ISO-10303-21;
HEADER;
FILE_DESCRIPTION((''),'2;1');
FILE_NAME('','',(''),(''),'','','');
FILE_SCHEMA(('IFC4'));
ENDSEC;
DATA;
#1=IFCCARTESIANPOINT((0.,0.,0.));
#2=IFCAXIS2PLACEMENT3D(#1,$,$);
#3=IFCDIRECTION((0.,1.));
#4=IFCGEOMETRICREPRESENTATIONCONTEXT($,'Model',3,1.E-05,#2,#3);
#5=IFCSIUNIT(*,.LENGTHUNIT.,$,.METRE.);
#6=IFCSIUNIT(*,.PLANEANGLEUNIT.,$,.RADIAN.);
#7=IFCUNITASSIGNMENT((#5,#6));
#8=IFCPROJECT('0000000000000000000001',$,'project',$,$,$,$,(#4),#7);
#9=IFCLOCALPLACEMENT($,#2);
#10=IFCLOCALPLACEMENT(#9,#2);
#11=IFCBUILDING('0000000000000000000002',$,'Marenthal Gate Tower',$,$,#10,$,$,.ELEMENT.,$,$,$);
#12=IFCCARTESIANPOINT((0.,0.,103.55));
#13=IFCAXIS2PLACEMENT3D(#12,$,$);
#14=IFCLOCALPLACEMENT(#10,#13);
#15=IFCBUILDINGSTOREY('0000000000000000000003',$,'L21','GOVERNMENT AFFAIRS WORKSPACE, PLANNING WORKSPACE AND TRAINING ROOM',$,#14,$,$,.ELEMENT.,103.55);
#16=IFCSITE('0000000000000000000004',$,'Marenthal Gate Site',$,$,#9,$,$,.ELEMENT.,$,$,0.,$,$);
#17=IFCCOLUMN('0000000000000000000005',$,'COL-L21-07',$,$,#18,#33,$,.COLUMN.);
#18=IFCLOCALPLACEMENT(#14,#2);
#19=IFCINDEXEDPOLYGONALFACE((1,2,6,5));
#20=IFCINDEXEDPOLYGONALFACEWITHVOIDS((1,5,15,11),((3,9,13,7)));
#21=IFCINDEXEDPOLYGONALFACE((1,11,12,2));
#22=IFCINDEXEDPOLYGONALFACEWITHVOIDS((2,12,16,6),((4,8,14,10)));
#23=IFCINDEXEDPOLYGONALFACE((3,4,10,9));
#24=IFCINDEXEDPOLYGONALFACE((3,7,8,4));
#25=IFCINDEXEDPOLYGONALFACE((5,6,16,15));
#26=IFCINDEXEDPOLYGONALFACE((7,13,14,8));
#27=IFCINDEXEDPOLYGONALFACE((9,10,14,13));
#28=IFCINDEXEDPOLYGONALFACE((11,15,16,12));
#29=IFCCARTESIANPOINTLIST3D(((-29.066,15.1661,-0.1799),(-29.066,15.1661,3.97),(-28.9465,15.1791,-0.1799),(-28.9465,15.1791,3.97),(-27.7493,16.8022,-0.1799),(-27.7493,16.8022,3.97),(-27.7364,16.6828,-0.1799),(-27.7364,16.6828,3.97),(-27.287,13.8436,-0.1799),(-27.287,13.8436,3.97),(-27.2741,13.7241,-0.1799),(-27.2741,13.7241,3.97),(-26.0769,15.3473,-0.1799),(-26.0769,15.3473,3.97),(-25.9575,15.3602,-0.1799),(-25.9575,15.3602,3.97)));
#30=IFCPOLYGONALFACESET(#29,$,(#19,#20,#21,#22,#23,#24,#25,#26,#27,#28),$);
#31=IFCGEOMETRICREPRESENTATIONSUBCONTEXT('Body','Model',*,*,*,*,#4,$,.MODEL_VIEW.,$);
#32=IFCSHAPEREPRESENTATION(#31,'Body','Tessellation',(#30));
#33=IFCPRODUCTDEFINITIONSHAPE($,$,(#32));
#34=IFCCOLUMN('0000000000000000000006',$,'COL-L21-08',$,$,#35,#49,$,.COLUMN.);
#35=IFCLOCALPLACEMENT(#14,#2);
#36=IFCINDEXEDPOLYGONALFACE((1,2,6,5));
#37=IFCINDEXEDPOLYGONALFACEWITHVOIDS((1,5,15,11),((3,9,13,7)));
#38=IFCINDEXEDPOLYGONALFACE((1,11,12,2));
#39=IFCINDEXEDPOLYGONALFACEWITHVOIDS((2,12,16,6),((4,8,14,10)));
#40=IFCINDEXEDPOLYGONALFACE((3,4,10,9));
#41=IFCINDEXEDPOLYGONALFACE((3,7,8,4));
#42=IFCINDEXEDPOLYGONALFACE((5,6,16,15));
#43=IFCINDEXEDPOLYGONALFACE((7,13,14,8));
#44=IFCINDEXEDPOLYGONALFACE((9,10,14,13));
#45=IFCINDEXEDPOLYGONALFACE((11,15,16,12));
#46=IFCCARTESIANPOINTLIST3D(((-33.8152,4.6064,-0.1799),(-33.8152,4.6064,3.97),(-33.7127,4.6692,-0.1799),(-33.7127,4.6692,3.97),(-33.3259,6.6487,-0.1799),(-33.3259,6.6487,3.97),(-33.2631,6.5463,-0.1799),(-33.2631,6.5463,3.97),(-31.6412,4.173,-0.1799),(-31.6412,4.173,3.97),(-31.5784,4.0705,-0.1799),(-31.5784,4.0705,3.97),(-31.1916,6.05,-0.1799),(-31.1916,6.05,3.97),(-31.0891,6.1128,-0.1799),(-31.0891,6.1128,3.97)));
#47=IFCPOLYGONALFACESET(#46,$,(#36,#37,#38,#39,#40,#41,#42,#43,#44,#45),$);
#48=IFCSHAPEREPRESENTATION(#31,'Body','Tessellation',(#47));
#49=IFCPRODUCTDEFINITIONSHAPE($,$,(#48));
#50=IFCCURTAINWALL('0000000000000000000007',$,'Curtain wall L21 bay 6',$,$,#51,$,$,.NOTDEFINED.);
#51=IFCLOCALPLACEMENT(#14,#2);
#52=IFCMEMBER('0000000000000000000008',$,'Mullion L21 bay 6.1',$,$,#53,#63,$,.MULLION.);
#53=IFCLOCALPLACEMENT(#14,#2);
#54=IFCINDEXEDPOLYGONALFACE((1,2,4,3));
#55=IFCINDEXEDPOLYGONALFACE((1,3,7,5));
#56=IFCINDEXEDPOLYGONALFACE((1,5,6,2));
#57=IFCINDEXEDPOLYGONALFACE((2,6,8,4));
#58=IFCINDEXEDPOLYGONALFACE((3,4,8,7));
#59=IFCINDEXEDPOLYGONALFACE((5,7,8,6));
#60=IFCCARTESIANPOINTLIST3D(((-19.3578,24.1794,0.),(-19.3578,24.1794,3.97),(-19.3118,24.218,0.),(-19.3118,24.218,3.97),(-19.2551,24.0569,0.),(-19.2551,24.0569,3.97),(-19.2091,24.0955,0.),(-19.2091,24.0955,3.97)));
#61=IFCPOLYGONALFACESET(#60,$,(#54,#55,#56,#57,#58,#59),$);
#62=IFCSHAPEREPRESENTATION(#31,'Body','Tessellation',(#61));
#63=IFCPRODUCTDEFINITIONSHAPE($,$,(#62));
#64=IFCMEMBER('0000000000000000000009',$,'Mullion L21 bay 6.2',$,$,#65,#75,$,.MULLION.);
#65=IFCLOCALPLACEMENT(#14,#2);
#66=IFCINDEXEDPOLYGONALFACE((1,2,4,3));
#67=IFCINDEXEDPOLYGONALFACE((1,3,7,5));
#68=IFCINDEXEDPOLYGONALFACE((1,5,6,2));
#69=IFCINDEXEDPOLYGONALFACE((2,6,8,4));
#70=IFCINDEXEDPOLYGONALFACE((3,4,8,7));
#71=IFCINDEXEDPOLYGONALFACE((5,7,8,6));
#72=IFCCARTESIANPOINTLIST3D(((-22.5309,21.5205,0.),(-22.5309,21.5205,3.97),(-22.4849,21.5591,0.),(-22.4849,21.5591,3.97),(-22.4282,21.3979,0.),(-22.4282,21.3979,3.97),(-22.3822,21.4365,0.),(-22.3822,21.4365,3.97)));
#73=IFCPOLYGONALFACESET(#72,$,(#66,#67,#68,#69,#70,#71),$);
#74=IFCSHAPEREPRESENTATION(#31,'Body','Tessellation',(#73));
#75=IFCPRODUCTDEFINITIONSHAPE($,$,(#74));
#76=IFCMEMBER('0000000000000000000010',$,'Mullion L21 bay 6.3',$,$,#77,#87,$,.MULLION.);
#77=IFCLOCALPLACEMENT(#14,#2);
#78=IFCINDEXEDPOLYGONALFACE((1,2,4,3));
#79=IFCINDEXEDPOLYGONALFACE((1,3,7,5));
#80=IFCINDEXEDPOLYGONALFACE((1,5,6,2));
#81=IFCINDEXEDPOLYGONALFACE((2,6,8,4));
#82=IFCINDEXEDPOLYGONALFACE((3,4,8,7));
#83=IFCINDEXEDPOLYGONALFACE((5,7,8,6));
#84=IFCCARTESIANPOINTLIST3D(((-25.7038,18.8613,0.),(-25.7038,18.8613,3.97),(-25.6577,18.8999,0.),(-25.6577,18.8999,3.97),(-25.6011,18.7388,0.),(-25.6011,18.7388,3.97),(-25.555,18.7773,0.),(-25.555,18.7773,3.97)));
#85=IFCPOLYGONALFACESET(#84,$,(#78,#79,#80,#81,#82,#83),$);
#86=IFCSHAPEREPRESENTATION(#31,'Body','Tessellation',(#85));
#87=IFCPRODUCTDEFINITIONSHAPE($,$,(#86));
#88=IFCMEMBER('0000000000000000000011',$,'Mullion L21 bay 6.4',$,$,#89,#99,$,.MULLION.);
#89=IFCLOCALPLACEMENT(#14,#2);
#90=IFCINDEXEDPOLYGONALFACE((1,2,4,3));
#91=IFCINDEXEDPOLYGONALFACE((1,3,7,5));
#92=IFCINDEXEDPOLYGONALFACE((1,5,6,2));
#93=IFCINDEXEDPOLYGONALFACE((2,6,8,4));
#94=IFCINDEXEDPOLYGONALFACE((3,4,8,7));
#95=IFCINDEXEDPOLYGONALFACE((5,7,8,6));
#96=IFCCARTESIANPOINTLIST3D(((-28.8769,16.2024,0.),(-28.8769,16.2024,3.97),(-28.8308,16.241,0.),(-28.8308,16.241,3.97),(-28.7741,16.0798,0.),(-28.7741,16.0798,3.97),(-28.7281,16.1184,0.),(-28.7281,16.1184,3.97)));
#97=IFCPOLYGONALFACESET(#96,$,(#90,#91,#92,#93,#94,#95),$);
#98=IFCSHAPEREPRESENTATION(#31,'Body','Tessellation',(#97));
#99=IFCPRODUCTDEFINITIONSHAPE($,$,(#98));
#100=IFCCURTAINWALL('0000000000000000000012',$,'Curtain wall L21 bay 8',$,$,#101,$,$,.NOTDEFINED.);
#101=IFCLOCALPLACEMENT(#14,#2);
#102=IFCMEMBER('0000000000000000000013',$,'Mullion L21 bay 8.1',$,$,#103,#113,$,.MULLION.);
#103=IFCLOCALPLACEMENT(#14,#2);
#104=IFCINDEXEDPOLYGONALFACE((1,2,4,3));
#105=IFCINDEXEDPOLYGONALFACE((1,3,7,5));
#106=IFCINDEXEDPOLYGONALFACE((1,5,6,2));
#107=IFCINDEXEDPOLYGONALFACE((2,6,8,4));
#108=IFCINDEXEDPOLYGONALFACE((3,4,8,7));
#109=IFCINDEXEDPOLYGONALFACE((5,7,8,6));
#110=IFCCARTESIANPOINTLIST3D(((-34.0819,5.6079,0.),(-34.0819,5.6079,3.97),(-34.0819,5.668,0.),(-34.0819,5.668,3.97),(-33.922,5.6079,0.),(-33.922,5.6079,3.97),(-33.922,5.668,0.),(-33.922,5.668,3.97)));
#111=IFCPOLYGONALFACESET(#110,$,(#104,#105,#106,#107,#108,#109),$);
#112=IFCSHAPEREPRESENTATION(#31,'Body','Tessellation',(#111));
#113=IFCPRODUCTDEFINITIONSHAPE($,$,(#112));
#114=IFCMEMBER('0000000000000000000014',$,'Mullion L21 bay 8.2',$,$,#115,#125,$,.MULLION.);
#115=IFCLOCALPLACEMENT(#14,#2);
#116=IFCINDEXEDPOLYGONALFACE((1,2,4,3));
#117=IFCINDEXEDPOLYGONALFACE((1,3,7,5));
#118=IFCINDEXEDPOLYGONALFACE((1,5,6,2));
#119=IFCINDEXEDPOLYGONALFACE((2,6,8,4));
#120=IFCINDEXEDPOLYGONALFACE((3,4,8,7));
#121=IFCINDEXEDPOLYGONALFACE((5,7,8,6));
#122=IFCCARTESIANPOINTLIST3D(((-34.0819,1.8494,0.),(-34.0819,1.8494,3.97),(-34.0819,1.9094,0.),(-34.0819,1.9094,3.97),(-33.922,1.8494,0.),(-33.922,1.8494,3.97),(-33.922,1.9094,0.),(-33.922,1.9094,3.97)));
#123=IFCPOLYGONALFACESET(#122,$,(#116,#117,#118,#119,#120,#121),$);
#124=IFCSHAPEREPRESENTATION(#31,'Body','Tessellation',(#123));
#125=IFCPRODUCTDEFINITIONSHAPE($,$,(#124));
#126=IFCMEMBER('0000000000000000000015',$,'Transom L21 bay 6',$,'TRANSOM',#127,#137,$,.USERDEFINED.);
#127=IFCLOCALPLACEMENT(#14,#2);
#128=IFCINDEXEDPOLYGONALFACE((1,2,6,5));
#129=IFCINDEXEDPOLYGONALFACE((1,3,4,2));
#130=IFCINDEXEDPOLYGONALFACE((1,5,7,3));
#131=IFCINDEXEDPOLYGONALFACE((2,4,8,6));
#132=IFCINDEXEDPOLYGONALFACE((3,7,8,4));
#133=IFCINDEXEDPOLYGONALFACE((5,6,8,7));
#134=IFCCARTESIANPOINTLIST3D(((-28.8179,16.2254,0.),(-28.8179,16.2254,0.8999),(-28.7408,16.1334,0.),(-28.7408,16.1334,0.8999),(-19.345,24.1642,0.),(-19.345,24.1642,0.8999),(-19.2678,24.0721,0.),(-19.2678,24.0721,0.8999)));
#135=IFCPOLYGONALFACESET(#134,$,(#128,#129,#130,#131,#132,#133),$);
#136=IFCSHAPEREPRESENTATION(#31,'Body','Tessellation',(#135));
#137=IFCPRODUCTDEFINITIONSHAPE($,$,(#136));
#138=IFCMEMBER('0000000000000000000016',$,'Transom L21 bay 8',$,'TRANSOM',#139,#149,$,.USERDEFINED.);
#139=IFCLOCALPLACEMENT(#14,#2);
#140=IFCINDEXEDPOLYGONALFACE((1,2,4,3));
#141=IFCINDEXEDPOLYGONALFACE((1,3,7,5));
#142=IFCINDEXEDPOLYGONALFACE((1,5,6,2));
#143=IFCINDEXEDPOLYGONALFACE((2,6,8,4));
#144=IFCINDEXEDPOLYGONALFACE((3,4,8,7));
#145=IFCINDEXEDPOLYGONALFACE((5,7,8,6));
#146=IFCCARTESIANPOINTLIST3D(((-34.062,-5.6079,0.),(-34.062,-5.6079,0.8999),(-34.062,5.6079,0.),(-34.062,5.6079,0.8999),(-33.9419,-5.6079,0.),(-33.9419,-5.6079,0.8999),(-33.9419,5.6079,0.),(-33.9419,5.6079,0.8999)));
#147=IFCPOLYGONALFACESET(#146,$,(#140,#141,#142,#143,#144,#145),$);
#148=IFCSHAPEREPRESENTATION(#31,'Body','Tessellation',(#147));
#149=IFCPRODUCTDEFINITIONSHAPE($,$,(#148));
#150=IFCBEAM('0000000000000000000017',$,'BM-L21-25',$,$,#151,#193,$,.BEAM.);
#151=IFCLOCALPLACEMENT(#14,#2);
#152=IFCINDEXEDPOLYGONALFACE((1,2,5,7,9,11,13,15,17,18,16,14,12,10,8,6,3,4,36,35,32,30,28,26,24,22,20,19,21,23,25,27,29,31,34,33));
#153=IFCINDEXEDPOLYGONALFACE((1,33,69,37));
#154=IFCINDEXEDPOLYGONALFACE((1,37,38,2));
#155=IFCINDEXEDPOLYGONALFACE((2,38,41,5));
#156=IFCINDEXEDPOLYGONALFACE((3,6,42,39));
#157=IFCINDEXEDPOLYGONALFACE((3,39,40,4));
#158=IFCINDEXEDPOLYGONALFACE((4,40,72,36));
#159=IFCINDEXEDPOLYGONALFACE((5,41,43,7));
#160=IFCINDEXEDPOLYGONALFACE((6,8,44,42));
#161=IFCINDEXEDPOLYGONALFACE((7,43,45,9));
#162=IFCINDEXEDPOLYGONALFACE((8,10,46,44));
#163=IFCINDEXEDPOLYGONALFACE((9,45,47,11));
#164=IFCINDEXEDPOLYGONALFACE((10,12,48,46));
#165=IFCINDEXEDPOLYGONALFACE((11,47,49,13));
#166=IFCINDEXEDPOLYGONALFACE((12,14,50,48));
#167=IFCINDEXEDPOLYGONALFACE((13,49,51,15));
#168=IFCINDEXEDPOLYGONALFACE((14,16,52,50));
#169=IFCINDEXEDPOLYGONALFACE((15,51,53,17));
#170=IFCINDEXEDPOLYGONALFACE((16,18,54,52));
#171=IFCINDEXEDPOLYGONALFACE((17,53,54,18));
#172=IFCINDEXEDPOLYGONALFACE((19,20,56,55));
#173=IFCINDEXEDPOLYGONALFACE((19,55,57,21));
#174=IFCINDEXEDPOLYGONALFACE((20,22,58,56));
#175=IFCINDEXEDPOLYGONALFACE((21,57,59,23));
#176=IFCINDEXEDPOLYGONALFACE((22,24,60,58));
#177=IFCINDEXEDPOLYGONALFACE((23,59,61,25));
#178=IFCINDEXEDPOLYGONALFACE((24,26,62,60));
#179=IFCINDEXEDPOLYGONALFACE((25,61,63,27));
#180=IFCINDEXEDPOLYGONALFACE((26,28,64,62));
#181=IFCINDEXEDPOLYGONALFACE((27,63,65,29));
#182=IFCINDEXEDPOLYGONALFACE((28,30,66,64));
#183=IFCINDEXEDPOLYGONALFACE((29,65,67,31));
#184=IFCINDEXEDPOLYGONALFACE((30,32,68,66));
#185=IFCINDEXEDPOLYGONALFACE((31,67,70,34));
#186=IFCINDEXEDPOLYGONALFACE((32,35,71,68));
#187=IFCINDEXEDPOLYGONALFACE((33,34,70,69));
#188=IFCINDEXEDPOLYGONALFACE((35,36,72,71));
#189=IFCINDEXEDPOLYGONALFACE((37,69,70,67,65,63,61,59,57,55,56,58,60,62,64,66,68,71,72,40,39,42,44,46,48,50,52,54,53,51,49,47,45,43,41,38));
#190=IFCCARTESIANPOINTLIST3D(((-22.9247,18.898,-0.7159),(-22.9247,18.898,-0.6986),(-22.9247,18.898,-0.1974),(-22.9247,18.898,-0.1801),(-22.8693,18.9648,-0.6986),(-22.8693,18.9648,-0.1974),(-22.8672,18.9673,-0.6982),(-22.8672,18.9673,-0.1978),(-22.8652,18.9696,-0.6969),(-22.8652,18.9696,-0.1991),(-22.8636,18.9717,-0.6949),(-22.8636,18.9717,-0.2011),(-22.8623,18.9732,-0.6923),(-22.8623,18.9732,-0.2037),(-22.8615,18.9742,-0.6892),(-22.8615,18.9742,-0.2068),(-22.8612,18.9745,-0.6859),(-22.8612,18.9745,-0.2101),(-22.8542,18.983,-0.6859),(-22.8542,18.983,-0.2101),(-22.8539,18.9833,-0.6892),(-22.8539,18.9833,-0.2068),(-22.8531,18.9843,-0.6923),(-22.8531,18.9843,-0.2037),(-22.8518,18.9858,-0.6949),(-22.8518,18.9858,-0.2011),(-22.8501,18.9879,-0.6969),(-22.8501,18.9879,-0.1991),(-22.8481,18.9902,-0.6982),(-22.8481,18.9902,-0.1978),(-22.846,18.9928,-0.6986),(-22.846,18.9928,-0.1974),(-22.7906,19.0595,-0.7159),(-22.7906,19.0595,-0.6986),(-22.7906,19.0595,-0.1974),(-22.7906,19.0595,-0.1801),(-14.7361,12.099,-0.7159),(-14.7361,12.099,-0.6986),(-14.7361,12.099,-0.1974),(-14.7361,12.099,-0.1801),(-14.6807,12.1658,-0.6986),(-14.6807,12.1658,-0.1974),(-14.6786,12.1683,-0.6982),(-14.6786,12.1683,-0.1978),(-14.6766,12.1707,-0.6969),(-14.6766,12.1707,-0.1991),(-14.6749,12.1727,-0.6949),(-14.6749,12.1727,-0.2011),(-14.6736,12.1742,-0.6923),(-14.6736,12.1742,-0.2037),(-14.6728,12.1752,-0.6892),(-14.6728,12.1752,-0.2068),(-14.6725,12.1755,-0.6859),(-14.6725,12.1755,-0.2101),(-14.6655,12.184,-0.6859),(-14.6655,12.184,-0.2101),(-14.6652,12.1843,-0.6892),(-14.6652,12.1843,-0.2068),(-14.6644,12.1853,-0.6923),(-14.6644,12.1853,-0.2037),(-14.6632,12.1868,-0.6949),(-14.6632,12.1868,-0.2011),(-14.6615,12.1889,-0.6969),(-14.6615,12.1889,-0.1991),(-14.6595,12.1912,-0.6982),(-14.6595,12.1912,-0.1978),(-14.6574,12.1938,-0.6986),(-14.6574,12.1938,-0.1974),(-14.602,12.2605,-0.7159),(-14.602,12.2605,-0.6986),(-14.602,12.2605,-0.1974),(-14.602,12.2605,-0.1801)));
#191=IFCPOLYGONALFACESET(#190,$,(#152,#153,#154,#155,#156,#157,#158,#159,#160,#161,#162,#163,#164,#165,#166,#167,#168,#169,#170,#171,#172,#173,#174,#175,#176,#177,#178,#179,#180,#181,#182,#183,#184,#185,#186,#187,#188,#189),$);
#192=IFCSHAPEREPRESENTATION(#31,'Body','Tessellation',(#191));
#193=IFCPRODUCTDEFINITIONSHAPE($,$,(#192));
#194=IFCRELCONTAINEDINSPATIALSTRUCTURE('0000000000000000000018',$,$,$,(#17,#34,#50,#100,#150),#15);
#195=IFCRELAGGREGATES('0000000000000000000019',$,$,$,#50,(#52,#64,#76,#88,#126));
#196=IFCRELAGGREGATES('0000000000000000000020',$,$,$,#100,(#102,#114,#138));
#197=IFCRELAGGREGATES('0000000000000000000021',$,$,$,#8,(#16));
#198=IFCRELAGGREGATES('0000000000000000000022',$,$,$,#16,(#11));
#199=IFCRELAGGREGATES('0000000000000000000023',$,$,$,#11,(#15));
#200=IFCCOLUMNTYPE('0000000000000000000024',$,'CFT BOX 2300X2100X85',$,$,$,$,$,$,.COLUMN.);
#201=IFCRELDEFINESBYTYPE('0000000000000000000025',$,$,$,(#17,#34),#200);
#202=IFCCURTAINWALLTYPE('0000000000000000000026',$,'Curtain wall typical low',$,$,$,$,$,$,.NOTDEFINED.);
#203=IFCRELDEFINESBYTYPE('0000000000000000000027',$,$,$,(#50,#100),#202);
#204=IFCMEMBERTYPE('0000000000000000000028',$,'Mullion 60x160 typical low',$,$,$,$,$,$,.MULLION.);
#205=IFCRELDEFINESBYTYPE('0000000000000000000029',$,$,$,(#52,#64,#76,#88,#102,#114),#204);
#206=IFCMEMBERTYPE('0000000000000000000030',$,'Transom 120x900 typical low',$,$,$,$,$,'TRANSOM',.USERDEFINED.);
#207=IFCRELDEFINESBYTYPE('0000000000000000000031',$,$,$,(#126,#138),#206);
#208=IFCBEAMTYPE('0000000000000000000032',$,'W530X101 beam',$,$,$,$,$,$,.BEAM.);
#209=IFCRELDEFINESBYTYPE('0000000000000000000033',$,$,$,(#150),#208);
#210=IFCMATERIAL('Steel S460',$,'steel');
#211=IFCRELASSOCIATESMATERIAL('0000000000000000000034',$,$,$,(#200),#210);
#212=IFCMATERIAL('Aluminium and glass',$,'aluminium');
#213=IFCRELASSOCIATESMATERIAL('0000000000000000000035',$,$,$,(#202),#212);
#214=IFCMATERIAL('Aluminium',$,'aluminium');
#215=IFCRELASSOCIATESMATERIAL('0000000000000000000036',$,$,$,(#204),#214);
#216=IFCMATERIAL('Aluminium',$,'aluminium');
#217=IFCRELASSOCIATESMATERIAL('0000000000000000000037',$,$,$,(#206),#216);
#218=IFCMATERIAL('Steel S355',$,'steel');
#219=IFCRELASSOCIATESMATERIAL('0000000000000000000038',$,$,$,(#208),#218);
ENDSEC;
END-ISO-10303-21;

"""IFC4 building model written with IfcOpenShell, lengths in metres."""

from ifc_helpers import new_model, si_unit, direction, frame, origin, origin_2d, place, context, subcontext, project, spatial, rectangle, hollow_rectangle, i_section, extrude, material, material_profile, profile_set, type_object, element, aggregate, save


model = new_model("IFC4")

# Units and contexts
model_context = context("Model", 3, precision=1e-05, world=origin(), true_north=direction((0.0, 1.0)))
body_context = subcontext(model_context, "Body", "Model", "MODEL_VIEW")
ifc_project = project(units=[si_unit("LENGTHUNIT", "METRE"), si_unit("PLANEANGLEUNIT", "RADIAN")], contexts=[model_context])

# Site, building, storey
site_placement = place(None, origin())
site = spatial("IfcSite", under=ifc_project, at=site_placement, Name="Marenthal Gate Site", CompositionType="ELEMENT", RefElevation=0.0)
building_placement = place(site_placement, origin())
building = spatial("IfcBuilding", under=site, at=building_placement, Name="Marenthal Gate Tower", CompositionType="ELEMENT")
storey_placement = place(building_placement, frame((0.0, 0.0, 103.55)))
storey = spatial("IfcBuildingStorey", under=building, at=storey_placement, Name="L21", Description="GOVERNMENT AFFAIRS WORKSPACE, PLANNING WORKSPACE AND TRAINING ROOM", CompositionType="ELEMENT", Elevation=103.55)

# Columns
ifc_material_1 = material(Name="Steel S460", Category="steel")
ifc_material_profile_1 = material_profile(ifc_material_1, hollow_rectangle(XDim=2.1001, YDim=2.3, WallThickness=0.085, at=origin_2d()), Name="CFT BOX 2300X2100X85")
ifc_material_2 = material(Name="Concrete 70 MPa", Category="concrete")
ifc_material_profile_2 = material_profile(ifc_material_2, rectangle(XDim=1.9299, YDim=2.1299, at=origin_2d()), Name="CFT BOX 2300X2100X85 INFILL")
ifc_profile_set_1 = profile_set([ifc_material_profile_1, ifc_material_profile_2], Name="Steel S460 shell, Concrete 70 MPa infill")
column_type = type_object("IfcColumnType", Name="CFT BOX 2300X2100X85", PredefinedType="COLUMN", material=ifc_profile_set_1)
for number, where, z_axis, x_axis, name in (
    (1, (-27.5117, 15.2632, -0.1799), (0.0, 0.0, 1.0), (0.626945, 0.779063, 0.0), "COL-L21-07"),
    (2, (-32.4521, 5.3596, -0.1799), (0.0, 0.0, 1.0), (0.232974, 0.972483, 0.0), "COL-L21-08"),
):
    element("IfcColumn", number, at=place(storey_placement, frame(where, z_axis=z_axis, x_axis=x_axis)), inside=storey, type_object=column_type, Name=name, PredefinedType="COLUMN", context=body_context, shape_type="SweptSolid", body=[
        extrude(hollow_rectangle(XDim=2.1001, YDim=2.3, WallThickness=0.085, at=origin_2d()), origin(), (0.0, 0.0, 1.0), 4.1499),
    ])

# Curtain walls, members
ifc_material_3 = material(Name="Aluminium and glass", Category="aluminium")
curtain_wall_type = type_object("IfcCurtainWallType", Name="Curtain wall typical low", PredefinedType="NOTDEFINED", material=ifc_material_3)
curtain_wall_1_placement = place(storey_placement, origin())
curtain_wall_1 = element("IfcCurtainWall", 3, at=curtain_wall_1_placement, inside=storey, type_object=curtain_wall_type, Name="Curtain wall L21 bay 6", PredefinedType="NOTDEFINED")
ifc_material_4 = material(Name="Aluminium", Category="aluminium")
ifc_material_profile_3 = material_profile(ifc_material_4, rectangle(XDim=0.1599, YDim=0.0601, at=origin_2d()), Name="60x160 aluminium mullion")
ifc_profile_set_2 = profile_set([ifc_material_profile_3], Name="Aluminium")
member_type_1 = type_object("IfcMemberType", Name="Mullion 60x160 typical low", PredefinedType="MULLION", material=ifc_profile_set_2)
member_1_placement = place(storey_placement, frame((-19.2834, 24.1375, 0.0), z_axis=(0.0, 0.0, 1.0), x_axis=(0.642308, -0.766447, 0.0)))
member_1 = element("IfcMember", 4, at=member_1_placement, type_object=member_type_1, Name="Mullion L21 bay 6.1", PredefinedType="MULLION", context=body_context, shape_type="SweptSolid", body=[
    extrude(rectangle(XDim=0.1599, YDim=0.0601, at=origin_2d()), origin(), (0.0, 0.0, 1.0), 3.97),
])
member_2_placement = place(storey_placement, frame((-22.4565, 21.4785, 0.0), z_axis=(0.0, 0.0, 1.0), x_axis=(0.642308, -0.766447, 0.0)))
member_2 = element("IfcMember", 5, at=member_2_placement, type_object=member_type_1, Name="Mullion L21 bay 6.2", PredefinedType="MULLION", context=body_context, shape_type="SweptSolid", body=[
    extrude(rectangle(XDim=0.1599, YDim=0.0601, at=origin_2d()), origin(), (0.0, 0.0, 1.0), 3.97),
])
member_3_placement = place(storey_placement, frame((-25.6294, 18.8193, 0.0), z_axis=(0.0, 0.0, 1.0), x_axis=(0.642308, -0.766447, 0.0)))
member_3 = element("IfcMember", 6, at=member_3_placement, type_object=member_type_1, Name="Mullion L21 bay 6.3", PredefinedType="MULLION", context=body_context, shape_type="SweptSolid", body=[
    extrude(rectangle(XDim=0.1599, YDim=0.0601, at=origin_2d()), origin(), (0.0, 0.0, 1.0), 3.97),
])
member_4_placement = place(storey_placement, frame((-28.8025, 16.1604, 0.0), z_axis=(0.0, 0.0, 1.0), x_axis=(0.642308, -0.766447, 0.0)))
member_4 = element("IfcMember", 7, at=member_4_placement, type_object=member_type_1, Name="Mullion L21 bay 6.4", PredefinedType="MULLION", context=body_context, shape_type="SweptSolid", body=[
    extrude(rectangle(XDim=0.1599, YDim=0.0601, at=origin_2d()), origin(), (0.0, 0.0, 1.0), 3.97),
])
curtain_wall_2_placement = place(storey_placement, origin())
curtain_wall_2 = element("IfcCurtainWall", 8, at=curtain_wall_2_placement, inside=storey, type_object=curtain_wall_type, Name="Curtain wall L21 bay 8", PredefinedType="NOTDEFINED")
member_5_placement = place(storey_placement, frame((-34.002, 5.6379, 0.0), z_axis=(0.0, 0.0, 1.0), x_axis=(1.0, 0.0, 0.0)))
member_5 = element("IfcMember", 9, at=member_5_placement, type_object=member_type_1, Name="Mullion L21 bay 8.1", PredefinedType="MULLION", context=body_context, shape_type="SweptSolid", body=[
    extrude(rectangle(XDim=0.1599, YDim=0.0601, at=origin_2d()), origin(), (0.0, 0.0, 1.0), 3.97),
])
member_6_placement = place(storey_placement, frame((-34.002, 1.8794, 0.0), z_axis=(0.0, 0.0, 1.0), x_axis=(1.0, 0.0, 0.0)))
member_6 = element("IfcMember", 10, at=member_6_placement, type_object=member_type_1, Name="Mullion L21 bay 8.2", PredefinedType="MULLION", context=body_context, shape_type="SweptSolid", body=[
    extrude(rectangle(XDim=0.1599, YDim=0.0601, at=origin_2d()), origin(), (0.0, 0.0, 1.0), 3.97),
])

# Members
ifc_material_5 = material(Name="Aluminium", Category="aluminium")
ifc_material_profile_4 = material_profile(ifc_material_5, rectangle(XDim=0.1201, YDim=0.8999, at=origin_2d()), Name="120x900 aluminium transom")
ifc_profile_set_3 = profile_set([ifc_material_profile_4], Name="Aluminium")
member_type_2 = type_object("IfcMemberType", Name="Transom 120x900 typical low", ElementType="TRANSOM", PredefinedType="USERDEFINED", material=ifc_profile_set_3)
member_7_placement = place(storey_placement, frame((-19.3064, 24.1182, 0.45), z_axis=(-0.766442, -0.642313, 0.0), x_axis=(0.642313, -0.766442, 0.0)))
member_7 = element("IfcMember", 11, at=member_7_placement, type_object=member_type_2, Name="Transom L21 bay 6", ObjectType="TRANSOM", PredefinedType="USERDEFINED", context=body_context, shape_type="SweptSolid", body=[
    extrude(rectangle(XDim=0.1201, YDim=0.8999, at=origin_2d()), origin(), (0.0, 0.0, 1.0), 12.3596),
])
member_8_placement = place(storey_placement, frame((-34.002, 5.6079, 0.45), z_axis=(0.0, -1.0, 0.0), x_axis=(1.0, 0.0, 0.0)))
member_8 = element("IfcMember", 12, at=member_8_placement, type_object=member_type_2, Name="Transom L21 bay 8", ObjectType="TRANSOM", PredefinedType="USERDEFINED", context=body_context, shape_type="SweptSolid", body=[
    extrude(rectangle(XDim=0.1201, YDim=0.8999, at=origin_2d()), origin(), (0.0, 0.0, 1.0), 11.2158),
])

# Beam
ifc_material_6 = material(Name="Steel S355", Category="steel")
ifc_material_profile_5 = material_profile(ifc_material_6, i_section(OverallWidth=0.21, OverallDepth=0.5359, WebThickness=0.011, FlangeThickness=0.0173, FilletRadius=0.0127, at=origin_2d()), Name="W530X101")
ifc_profile_set_4 = profile_set([ifc_material_profile_5], Name="Steel S355")
beam_type_1 = type_object("IfcBeamType", Name="W530X101 beam", PredefinedType="BEAM", material=ifc_profile_set_4)
beam_1_placement = place(storey_placement, frame((-22.8577, 18.9788, -0.448), z_axis=(0.769369, -0.638805, 0.0), x_axis=(0.638805, 0.769369, 0.0)))
element("IfcBeam", 13, at=beam_1_placement, inside=storey, type_object=beam_type_1, Name="BM-L21-25", PredefinedType="BEAM", context=body_context, shape_type="SweptSolid", body=[
    extrude(i_section(OverallWidth=0.21, OverallDepth=0.5359, WebThickness=0.011, FlangeThickness=0.0173, FilletRadius=0.0127, at=origin_2d()), origin(), (0.0, 0.0, 1.0), 10.6433),
])

aggregate(curtain_wall_1, [member_1, member_2, member_3, member_4, member_7])
aggregate(curtain_wall_2, [member_5, member_6, member_8])

save(model, "model.ifc")
